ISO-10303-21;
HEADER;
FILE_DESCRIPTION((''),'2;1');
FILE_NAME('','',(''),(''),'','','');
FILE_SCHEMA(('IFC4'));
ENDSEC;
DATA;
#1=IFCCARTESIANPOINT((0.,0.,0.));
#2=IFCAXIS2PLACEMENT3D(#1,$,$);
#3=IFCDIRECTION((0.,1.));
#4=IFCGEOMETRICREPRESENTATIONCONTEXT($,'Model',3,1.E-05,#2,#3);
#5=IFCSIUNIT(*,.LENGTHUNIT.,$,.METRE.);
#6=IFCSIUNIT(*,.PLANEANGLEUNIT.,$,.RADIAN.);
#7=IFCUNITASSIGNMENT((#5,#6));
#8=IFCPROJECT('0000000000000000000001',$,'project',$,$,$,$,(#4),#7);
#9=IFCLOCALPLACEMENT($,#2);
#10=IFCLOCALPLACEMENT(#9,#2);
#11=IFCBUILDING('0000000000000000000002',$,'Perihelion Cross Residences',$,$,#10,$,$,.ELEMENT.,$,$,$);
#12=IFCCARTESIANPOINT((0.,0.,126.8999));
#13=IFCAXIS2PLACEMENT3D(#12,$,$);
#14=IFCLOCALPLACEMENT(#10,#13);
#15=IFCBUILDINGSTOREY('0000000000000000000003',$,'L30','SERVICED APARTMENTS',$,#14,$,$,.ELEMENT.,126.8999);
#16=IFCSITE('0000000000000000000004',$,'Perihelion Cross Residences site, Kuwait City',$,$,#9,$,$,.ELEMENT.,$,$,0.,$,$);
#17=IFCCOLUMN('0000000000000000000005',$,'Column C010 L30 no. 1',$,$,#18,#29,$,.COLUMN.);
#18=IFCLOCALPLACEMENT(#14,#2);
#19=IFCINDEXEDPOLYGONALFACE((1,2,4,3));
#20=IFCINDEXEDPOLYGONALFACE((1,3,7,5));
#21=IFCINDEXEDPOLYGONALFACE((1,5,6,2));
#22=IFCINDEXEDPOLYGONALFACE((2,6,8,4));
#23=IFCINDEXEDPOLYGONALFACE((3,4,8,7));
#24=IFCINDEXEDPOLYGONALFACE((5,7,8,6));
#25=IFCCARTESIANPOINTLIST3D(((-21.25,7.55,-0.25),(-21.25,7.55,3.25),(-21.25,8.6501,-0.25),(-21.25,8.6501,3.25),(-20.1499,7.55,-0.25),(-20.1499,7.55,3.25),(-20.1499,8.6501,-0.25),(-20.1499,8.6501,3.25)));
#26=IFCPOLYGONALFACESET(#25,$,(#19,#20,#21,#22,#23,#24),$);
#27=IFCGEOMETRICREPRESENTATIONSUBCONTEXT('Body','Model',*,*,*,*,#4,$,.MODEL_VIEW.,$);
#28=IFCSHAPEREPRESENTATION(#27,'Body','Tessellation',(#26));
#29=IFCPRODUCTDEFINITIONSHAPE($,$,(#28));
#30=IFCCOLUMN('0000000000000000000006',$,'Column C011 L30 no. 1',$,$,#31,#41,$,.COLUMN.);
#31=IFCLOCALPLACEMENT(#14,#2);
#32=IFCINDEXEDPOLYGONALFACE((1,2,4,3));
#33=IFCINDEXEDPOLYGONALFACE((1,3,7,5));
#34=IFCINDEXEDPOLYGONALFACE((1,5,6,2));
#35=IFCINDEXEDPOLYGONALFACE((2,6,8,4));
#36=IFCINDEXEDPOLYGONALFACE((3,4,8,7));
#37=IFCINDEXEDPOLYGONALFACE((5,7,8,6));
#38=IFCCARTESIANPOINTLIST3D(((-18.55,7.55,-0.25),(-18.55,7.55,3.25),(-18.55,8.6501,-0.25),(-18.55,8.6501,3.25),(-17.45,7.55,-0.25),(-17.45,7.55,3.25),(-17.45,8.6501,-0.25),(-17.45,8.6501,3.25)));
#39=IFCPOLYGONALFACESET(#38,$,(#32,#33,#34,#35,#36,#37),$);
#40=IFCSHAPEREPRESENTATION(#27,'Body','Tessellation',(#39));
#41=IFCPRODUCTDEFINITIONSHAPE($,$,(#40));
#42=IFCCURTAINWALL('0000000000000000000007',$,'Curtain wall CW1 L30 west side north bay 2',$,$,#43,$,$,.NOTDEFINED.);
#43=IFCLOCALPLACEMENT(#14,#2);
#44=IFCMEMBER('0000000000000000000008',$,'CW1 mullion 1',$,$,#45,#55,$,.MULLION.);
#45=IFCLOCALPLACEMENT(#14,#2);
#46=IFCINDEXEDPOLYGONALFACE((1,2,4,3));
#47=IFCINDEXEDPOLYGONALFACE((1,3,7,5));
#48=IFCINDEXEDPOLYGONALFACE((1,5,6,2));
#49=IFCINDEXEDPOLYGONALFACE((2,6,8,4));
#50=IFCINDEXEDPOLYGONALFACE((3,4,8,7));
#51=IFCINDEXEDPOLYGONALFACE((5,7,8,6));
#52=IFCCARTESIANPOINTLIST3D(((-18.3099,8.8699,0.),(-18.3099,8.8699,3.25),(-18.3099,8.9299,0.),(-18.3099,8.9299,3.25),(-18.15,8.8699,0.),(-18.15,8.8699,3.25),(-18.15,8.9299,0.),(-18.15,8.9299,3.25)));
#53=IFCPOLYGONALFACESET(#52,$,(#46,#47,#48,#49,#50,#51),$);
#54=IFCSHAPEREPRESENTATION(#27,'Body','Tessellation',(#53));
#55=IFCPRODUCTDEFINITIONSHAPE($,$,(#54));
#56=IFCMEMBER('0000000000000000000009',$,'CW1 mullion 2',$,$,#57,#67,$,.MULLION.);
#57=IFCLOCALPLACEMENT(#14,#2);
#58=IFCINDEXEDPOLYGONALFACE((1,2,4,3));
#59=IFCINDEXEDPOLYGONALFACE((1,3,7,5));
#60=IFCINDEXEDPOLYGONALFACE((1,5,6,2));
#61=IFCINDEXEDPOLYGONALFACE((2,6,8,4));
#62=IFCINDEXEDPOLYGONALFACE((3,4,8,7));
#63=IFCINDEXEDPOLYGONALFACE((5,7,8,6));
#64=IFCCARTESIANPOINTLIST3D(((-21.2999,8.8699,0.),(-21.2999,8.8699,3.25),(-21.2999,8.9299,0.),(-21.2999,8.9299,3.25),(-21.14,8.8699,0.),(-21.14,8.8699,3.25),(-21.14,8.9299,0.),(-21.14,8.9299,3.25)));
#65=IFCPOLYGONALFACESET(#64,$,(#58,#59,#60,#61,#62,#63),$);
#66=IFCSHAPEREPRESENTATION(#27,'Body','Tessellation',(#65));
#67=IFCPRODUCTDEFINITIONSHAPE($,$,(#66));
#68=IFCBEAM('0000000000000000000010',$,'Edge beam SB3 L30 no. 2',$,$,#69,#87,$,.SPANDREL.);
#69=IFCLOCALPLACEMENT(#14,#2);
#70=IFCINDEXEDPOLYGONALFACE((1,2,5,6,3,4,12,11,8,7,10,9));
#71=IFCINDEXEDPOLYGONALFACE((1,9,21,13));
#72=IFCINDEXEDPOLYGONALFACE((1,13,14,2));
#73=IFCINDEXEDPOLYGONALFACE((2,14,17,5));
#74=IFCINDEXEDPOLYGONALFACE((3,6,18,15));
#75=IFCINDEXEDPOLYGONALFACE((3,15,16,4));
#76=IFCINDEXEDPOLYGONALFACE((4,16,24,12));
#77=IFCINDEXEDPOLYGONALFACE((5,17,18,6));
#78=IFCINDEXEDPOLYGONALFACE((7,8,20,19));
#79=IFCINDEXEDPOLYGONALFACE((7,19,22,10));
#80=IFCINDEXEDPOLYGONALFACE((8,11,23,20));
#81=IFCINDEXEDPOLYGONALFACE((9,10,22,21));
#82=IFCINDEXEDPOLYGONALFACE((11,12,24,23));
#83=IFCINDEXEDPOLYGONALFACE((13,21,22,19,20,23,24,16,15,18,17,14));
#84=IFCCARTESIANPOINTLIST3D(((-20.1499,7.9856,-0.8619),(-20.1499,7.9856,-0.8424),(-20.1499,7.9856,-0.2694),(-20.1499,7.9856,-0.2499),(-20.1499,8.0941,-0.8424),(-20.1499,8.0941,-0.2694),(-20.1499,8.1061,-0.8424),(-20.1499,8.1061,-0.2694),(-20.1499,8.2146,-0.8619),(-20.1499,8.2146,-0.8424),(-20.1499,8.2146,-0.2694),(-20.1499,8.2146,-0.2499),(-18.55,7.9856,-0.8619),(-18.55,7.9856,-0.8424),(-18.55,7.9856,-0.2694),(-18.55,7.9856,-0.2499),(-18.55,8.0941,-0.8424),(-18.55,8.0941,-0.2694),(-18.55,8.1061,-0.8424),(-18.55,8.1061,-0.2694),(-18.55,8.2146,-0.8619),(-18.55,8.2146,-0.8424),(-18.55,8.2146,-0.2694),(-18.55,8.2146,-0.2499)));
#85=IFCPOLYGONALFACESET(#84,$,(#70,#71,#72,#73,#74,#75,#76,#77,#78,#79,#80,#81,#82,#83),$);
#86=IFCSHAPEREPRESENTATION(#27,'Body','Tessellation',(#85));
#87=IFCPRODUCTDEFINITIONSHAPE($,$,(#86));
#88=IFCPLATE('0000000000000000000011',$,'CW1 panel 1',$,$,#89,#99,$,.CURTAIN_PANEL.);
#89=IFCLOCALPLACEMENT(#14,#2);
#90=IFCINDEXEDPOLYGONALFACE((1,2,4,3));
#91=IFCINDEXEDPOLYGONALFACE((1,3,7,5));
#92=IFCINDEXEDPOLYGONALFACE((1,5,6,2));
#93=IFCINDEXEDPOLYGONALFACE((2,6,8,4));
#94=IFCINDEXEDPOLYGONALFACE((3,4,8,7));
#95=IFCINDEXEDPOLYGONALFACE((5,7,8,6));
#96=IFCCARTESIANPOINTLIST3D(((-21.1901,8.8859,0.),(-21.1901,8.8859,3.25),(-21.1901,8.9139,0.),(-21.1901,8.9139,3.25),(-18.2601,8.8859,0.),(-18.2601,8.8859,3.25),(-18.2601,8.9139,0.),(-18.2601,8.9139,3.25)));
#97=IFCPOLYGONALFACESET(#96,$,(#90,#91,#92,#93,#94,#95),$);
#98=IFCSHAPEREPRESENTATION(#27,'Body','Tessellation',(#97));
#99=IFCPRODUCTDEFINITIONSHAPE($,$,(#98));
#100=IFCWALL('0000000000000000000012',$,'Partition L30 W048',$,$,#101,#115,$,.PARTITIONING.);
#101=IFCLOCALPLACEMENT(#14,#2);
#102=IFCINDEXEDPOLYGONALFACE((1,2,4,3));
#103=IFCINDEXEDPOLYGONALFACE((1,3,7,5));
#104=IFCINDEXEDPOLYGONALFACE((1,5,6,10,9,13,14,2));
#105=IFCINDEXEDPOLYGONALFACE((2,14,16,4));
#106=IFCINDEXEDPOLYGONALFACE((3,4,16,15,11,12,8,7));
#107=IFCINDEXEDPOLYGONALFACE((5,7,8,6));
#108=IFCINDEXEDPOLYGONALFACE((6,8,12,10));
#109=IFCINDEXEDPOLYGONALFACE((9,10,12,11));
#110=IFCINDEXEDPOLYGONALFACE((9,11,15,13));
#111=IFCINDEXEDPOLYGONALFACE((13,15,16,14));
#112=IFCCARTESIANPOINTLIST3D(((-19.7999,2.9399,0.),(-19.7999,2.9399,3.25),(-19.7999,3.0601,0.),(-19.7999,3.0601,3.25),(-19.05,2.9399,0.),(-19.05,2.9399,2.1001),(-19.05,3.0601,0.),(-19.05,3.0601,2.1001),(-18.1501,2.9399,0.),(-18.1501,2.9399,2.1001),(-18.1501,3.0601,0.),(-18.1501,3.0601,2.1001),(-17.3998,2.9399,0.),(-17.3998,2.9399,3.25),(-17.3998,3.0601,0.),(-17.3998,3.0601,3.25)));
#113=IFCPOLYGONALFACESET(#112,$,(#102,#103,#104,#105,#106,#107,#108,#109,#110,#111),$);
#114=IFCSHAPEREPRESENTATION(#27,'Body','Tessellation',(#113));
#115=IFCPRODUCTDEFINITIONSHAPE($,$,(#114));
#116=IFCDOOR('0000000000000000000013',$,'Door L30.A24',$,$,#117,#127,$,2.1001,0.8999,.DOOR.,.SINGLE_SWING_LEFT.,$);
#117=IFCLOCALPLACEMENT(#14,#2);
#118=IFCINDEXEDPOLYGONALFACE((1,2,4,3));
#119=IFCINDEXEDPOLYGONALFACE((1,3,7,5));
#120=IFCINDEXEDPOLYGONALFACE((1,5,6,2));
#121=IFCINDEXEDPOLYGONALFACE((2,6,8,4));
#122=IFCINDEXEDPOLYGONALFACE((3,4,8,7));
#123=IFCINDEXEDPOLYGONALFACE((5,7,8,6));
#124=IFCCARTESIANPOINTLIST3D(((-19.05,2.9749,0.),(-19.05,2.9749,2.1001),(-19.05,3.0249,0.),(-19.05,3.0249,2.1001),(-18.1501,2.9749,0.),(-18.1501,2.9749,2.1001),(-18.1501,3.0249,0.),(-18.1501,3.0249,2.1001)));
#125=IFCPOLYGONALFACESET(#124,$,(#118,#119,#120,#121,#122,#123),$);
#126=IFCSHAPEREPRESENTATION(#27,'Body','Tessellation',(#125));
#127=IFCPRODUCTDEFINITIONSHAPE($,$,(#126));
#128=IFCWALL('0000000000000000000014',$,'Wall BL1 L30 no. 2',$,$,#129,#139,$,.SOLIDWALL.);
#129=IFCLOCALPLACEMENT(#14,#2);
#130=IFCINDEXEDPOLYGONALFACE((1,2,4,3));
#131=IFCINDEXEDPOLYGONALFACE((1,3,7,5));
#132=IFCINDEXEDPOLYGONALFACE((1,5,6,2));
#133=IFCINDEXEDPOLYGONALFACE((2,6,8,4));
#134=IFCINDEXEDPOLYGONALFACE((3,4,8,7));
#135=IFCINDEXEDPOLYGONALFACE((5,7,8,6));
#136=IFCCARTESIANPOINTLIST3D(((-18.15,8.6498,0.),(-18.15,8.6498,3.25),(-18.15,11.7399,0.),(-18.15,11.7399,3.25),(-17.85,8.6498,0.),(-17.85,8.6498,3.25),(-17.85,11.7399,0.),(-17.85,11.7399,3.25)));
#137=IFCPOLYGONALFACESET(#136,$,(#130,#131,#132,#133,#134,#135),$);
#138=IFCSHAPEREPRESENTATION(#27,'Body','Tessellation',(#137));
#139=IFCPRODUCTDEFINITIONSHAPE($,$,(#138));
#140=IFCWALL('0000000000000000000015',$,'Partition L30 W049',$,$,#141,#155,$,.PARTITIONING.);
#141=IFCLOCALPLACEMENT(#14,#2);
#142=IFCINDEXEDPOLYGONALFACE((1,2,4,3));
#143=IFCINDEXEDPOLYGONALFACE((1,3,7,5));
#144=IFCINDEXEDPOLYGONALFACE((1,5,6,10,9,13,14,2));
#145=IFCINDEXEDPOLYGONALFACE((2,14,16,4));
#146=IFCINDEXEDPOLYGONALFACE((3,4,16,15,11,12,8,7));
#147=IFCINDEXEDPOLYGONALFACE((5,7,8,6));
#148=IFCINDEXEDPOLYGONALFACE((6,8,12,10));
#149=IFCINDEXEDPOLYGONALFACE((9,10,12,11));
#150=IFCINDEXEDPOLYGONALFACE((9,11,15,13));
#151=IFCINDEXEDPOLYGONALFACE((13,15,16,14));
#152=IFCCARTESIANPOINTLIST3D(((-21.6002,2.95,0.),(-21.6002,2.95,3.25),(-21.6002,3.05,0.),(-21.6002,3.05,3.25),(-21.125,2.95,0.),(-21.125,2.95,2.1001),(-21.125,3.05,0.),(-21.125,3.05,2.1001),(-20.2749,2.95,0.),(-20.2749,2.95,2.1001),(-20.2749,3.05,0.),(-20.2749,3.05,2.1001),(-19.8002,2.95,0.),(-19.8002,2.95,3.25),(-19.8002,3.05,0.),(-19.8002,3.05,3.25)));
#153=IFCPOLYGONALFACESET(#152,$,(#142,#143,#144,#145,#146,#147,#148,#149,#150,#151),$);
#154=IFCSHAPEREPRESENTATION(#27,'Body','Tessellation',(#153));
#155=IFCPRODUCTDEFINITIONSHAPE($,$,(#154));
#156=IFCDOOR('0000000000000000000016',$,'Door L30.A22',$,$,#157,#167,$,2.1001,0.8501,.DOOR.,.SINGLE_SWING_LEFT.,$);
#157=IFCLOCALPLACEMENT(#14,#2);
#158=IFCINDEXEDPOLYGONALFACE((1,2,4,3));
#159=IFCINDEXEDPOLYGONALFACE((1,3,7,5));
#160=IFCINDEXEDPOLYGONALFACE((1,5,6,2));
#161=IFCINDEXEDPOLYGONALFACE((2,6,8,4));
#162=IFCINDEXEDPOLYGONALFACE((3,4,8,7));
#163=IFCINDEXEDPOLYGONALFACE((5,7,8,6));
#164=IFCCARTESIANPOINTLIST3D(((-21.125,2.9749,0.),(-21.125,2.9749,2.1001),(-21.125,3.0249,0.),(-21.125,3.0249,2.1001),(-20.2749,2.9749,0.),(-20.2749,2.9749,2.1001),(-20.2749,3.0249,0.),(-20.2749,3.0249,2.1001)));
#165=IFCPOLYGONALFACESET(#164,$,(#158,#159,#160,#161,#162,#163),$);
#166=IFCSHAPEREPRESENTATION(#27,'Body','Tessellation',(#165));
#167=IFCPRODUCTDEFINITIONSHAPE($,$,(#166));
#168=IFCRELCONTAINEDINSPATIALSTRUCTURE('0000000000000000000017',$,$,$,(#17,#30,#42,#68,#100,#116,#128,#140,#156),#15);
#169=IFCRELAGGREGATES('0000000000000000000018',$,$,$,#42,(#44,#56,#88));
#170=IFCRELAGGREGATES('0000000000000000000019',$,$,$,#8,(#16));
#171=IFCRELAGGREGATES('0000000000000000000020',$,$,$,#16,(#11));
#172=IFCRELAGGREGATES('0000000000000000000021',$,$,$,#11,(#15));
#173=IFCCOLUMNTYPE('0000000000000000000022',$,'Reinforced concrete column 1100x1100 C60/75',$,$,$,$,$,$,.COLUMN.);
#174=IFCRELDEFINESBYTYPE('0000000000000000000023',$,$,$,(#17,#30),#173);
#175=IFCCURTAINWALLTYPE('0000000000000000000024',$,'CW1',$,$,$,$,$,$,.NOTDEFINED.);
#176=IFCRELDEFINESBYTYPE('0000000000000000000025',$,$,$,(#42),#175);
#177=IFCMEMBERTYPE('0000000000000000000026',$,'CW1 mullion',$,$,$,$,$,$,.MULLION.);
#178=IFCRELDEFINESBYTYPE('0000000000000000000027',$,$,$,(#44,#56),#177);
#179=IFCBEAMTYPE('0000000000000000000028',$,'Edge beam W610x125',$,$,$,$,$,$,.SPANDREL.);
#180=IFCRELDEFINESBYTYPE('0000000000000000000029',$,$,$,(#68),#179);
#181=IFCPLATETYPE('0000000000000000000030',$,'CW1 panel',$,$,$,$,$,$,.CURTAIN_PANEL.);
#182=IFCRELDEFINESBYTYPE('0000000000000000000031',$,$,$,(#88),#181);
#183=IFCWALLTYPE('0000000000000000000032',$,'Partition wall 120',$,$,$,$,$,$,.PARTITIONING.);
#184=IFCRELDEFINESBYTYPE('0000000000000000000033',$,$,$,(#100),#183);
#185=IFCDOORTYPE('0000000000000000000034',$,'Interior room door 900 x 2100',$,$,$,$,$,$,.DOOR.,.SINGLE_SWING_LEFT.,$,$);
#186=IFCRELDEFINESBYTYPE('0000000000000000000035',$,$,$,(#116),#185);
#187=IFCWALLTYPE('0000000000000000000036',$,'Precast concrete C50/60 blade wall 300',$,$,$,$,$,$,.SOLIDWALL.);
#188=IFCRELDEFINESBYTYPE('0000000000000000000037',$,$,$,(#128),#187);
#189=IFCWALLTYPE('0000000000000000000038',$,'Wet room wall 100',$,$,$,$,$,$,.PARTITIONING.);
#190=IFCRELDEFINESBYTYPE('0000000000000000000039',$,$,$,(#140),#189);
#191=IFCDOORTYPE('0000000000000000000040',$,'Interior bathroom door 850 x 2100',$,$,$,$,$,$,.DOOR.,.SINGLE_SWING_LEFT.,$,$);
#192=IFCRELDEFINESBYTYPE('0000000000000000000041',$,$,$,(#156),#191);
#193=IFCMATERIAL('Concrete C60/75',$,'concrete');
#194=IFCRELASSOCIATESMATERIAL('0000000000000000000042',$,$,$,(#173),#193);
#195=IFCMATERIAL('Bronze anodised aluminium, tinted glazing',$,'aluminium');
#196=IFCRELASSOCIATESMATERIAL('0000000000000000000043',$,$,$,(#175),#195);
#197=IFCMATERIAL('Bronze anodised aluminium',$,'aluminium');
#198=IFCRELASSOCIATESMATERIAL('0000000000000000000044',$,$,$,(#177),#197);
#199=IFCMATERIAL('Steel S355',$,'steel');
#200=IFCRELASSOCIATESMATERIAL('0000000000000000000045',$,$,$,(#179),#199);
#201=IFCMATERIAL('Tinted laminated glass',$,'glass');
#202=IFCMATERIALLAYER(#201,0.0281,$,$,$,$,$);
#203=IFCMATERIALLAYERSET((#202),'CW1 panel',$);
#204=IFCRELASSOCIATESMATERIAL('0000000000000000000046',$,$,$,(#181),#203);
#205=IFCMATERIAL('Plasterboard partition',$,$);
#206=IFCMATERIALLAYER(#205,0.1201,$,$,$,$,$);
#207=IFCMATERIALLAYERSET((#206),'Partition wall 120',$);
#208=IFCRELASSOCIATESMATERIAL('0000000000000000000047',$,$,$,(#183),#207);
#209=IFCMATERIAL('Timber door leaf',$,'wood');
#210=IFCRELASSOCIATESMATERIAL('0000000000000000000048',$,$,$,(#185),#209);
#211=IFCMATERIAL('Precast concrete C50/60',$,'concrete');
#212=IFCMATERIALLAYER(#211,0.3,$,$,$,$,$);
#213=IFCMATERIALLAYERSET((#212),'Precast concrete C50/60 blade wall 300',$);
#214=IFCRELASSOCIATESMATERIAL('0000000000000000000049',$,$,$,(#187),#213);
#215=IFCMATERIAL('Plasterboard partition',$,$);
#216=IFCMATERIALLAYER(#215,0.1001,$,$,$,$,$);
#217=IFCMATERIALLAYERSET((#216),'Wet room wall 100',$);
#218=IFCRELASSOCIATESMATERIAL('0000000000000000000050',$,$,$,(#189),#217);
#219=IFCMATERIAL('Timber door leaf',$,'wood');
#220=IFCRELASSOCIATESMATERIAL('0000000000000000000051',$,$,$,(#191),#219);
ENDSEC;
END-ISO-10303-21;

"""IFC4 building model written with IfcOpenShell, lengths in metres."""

from ifc_helpers import new_model, si_unit, direction, frame, frame_2d, origin, origin_2d, place, context, subcontext, project, spatial, rectangle, i_section, extrude, material, layer, layer_set, material_profile, profile_set, type_object, element, fill, aggregate, save


model = new_model("IFC4")

# Units and contexts
model_context = context("Model", 3, precision=1e-05, world=origin(), true_north=direction((0.0, 1.0)))
body_context = subcontext(model_context, "Body", "Model", "MODEL_VIEW")
ifc_project = project(units=[si_unit("LENGTHUNIT", "METRE"), si_unit("PLANEANGLEUNIT", "RADIAN")], contexts=[model_context])

# Site, building, storey
site_placement = place(None, origin())
site = spatial("IfcSite", under=ifc_project, at=site_placement, Name="Perihelion Cross Residences site, Kuwait City", CompositionType="ELEMENT", RefElevation=0.0)
building_placement = place(site_placement, origin())
building = spatial("IfcBuilding", under=site, at=building_placement, Name="Perihelion Cross Residences", CompositionType="ELEMENT")
storey_placement = place(building_placement, frame((0.0, 0.0, 126.8999)))
storey = spatial("IfcBuildingStorey", under=building, at=storey_placement, Name="L30", Description="SERVICED APARTMENTS", CompositionType="ELEMENT", Elevation=126.8999)

# Columns
ifc_material_1 = material(Name="Concrete C60/75", Category="concrete")
ifc_material_profile_1 = material_profile(ifc_material_1, rectangle(XDim=1.1001, YDim=1.1001, at=origin_2d()), Name="RC 1100x1100")
ifc_profile_set_1 = profile_set([ifc_material_profile_1], Name="Concrete C60/75")
column_type = type_object("IfcColumnType", Name="Reinforced concrete column 1100x1100 C60/75", PredefinedType="COLUMN", material=ifc_profile_set_1)
for number, where, z_axis, x_axis, name in (
    (1, (-20.7, 8.1001, -0.25), (0.0, 0.0, 1.0), (1.0, 0.0, 0.0), "Column C010 L30 no. 1"),
    (2, (-18.0, 8.1001, -0.25), (0.0, 0.0, 1.0), (1.0, 0.0, 0.0), "Column C011 L30 no. 1"),
):
    element("IfcColumn", number, at=place(storey_placement, frame(where, z_axis=z_axis, x_axis=x_axis)), inside=storey, type_object=column_type, Name=name, PredefinedType="COLUMN", context=body_context, shape_type="SweptSolid", body=[
        extrude(rectangle(XDim=1.1001, YDim=1.1001, at=origin_2d()), origin(), (0.0, 0.0, 1.0), 3.5),
    ])

# Curtain wall, members
ifc_material_2 = material(Name="Bronze anodised aluminium, tinted glazing", Category="aluminium")
curtain_wall_type = type_object("IfcCurtainWallType", Name="CW1", PredefinedType="NOTDEFINED", material=ifc_material_2)
curtain_wall_placement = place(storey_placement, origin())
curtain_wall = element("IfcCurtainWall", 3, at=curtain_wall_placement, inside=storey, type_object=curtain_wall_type, Name="Curtain wall CW1 L30 west side north bay 2", PredefinedType="NOTDEFINED")
ifc_material_3 = material(Name="Bronze anodised aluminium", Category="aluminium")
ifc_material_profile_2 = material_profile(ifc_material_3, rectangle(XDim=0.0601, YDim=0.1599, at=origin_2d()), Name="CW1 mullion")
ifc_profile_set_2 = profile_set([ifc_material_profile_2], Name="Bronze anodised aluminium")
member_type = type_object("IfcMemberType", Name="CW1 mullion", PredefinedType="MULLION", material=ifc_profile_set_2)
member_1_placement = place(storey_placement, frame((-18.23, 8.8999, 0.0), z_axis=(0.0, 0.0, 1.0), x_axis=(0.0, -1.0, 0.0)))
member_1 = element("IfcMember", 4, at=member_1_placement, type_object=member_type, Name="CW1 mullion 1", PredefinedType="MULLION", context=body_context, shape_type="SweptSolid", body=[
    extrude(rectangle(XDim=0.0601, YDim=0.1599, at=origin_2d()), origin(), (0.0, 0.0, 1.0), 3.25),
])
member_2_placement = place(storey_placement, frame((-21.22, 8.8999, 0.0), z_axis=(0.0, 0.0, 1.0), x_axis=(0.0, -1.0, 0.0)))
member_2 = element("IfcMember", 5, at=member_2_placement, type_object=member_type, Name="CW1 mullion 2", PredefinedType="MULLION", context=body_context, shape_type="SweptSolid", body=[
    extrude(rectangle(XDim=0.0601, YDim=0.1599, at=origin_2d()), origin(), (0.0, 0.0, 1.0), 3.25),
])

# Beam
ifc_material_4 = material(Name="Steel S355", Category="steel")
ifc_material_profile_3 = material_profile(ifc_material_4, i_section(OverallWidth=0.229, OverallDepth=0.6121, WebThickness=0.012, FlangeThickness=0.0195, at=origin_2d()), Name="W610x125")
ifc_profile_set_3 = profile_set([ifc_material_profile_3], Name="Steel S355")
beam_type = type_object("IfcBeamType", Name="Edge beam W610x125", PredefinedType="SPANDREL", material=ifc_profile_set_3)
beam_placement = place(storey_placement, frame((-18.55, 8.1001, -0.5559), z_axis=(-1.0, 0.0, 0.0), x_axis=(0.0, -1.0, 0.0)))
element("IfcBeam", 6, at=beam_placement, inside=storey, type_object=beam_type, Name="Edge beam SB3 L30 no. 2", PredefinedType="SPANDREL", context=body_context, shape_type="SweptSolid", body=[
    extrude(i_section(OverallWidth=0.229, OverallDepth=0.6121, WebThickness=0.012, FlangeThickness=0.0195, at=origin_2d()), origin(), (0.0, 0.0, 1.0), 1.5999),
])

# Plate
ifc_material_5 = material(Name="Tinted laminated glass", Category="glass")
ifc_layer_1 = layer(ifc_material_5, 0.0281)
ifc_layer_set_1 = layer_set([ifc_layer_1], Name="CW1 panel")
plate_type = type_object("IfcPlateType", Name="CW1 panel", PredefinedType="CURTAIN_PANEL", material=ifc_layer_set_1)
plate_placement = place(storey_placement, frame((-19.7251, 8.8999, 0.0), z_axis=(0.0, 0.0, 1.0), x_axis=(-1.0, 0.0, 0.0)))
plate = element("IfcPlate", 7, at=plate_placement, type_object=plate_type, Name="CW1 panel 1", PredefinedType="CURTAIN_PANEL", context=body_context, shape_type="SweptSolid", body=[
    extrude(rectangle(XDim=2.9299, YDim=0.0281, at=origin_2d()), origin(), (0.0, 0.0, 1.0), 3.25),
])
aggregate(curtain_wall, [member_1, member_2, plate])

# Wall, opening, door
ifc_material_6 = material(Name="Plasterboard partition")
ifc_layer_2 = layer(ifc_material_6, 0.1201)
ifc_layer_set_2 = layer_set([ifc_layer_2], Name="Partition wall 120")
wall_type_1 = type_object("IfcWallType", Name="Partition wall 120", PredefinedType="PARTITIONING", material=ifc_layer_set_2)
wall_1_placement = place(storey_placement, frame((-19.8, 3.0, 0.0), z_axis=(0.0, 0.0, 1.0), x_axis=(1.0, 0.0, 0.0)))
wall_1 = element("IfcWall", 8, at=wall_1_placement, inside=storey, type_object=wall_type_1, Name="Partition L30 W048", PredefinedType="PARTITIONING", context=body_context, shape_type="SweptSolid", body=[
    extrude(rectangle(XDim=2.4001, YDim=0.1201, at=frame_2d((1.2002, 0.0))), origin(), (0.0, 0.0, 1.0), 3.25),
])
opening_1_placement = place(wall_1_placement, frame((0.75, 0.0, 0.0)))
opening_1 = element("IfcOpeningElement", 9, at=opening_1_placement, cuts=wall_1, PredefinedType="OPENING", context=body_context, shape_type="SweptSolid", body=[
    extrude(rectangle(XDim=0.8999, YDim=2.1001, at=frame_2d((0.45, 1.05))), frame((0.0, 0.0701, 0.0), z_axis=(0.0, -1.0, 0.0), x_axis=(1.0, 0.0, 0.0)), (0.0, 0.0, 1.0), 0.1401),
])
ifc_material_7 = material(Name="Timber door leaf", Category="wood")
door_type_1 = type_object("IfcDoorType", Name="Interior room door 900 x 2100", OperationType="SINGLE_SWING_LEFT", PredefinedType="DOOR", material=ifc_material_7)
door_1_placement = place(opening_1_placement, origin())
door_1 = element("IfcDoor", 10, at=door_1_placement, inside=storey, type_object=door_type_1, Name="Door L30.A24", OperationType="SINGLE_SWING_LEFT", OverallHeight=2.1001, OverallWidth=0.8999, PredefinedType="DOOR", context=body_context, shape_type="SweptSolid", body=[
    extrude(rectangle(XDim=0.8999, YDim=2.1001, at=frame_2d((0.45, 1.05))), frame((0.0, 0.0249, 0.0), z_axis=(0.0, -1.0, 0.0), x_axis=(1.0, 0.0, 0.0)), (0.0, 0.0, 1.0), 0.05),
])
fill(opening_1, door_1)

# Wall
ifc_material_8 = material(Name="Precast concrete C50/60", Category="concrete")
ifc_layer_3 = layer(ifc_material_8, 0.3)
ifc_layer_set_3 = layer_set([ifc_layer_3], Name="Precast concrete C50/60 blade wall 300")
wall_type_2 = type_object("IfcWallType", Name="Precast concrete C50/60 blade wall 300", PredefinedType="SOLIDWALL", material=ifc_layer_set_3)
wall_2_placement = place(storey_placement, frame((-18.0, 8.6499, 0.0), z_axis=(0.0, 0.0, 1.0), x_axis=(0.0, 1.0, 0.0)))
element("IfcWall", 11, at=wall_2_placement, inside=storey, type_object=wall_type_2, Name="Wall BL1 L30 no. 2", PredefinedType="SOLIDWALL", context=body_context, shape_type="SweptSolid", body=[
    extrude(rectangle(XDim=3.0901, YDim=0.3, at=frame_2d((1.5449, 0.0))), origin(), (0.0, 0.0, 1.0), 3.25),
])

# Wall, opening, door
ifc_material_9 = material(Name="Plasterboard partition")
ifc_layer_4 = layer(ifc_material_9, 0.1001)
ifc_layer_set_4 = layer_set([ifc_layer_4], Name="Wet room wall 100")
wall_type_3 = type_object("IfcWallType", Name="Wet room wall 100", PredefinedType="PARTITIONING", material=ifc_layer_set_4)
wall_3_placement = place(storey_placement, frame((-21.6001, 3.0, 0.0), z_axis=(0.0, 0.0, 1.0), x_axis=(1.0, 0.0, 0.0)))
wall_3 = element("IfcWall", 12, at=wall_3_placement, inside=storey, type_object=wall_type_3, Name="Partition L30 W049", PredefinedType="PARTITIONING", context=body_context, shape_type="SweptSolid", body=[
    extrude(rectangle(XDim=1.8, YDim=0.1001, at=frame_2d((0.8999, 0.0))), origin(), (0.0, 0.0, 1.0), 3.25),
])
opening_2_placement = place(wall_3_placement, frame((0.4751, 0.0, 0.0)))
opening_2 = element("IfcOpeningElement", 13, at=opening_2_placement, cuts=wall_3, PredefinedType="OPENING", context=body_context, shape_type="SweptSolid", body=[
    extrude(rectangle(XDim=0.8501, YDim=2.1001, at=frame_2d((0.425, 1.05))), frame((0.0, 0.0601, 0.0), z_axis=(0.0, -1.0, 0.0), x_axis=(1.0, 0.0, 0.0)), (0.0, 0.0, 1.0), 0.1201),
])
ifc_material_10 = material(Name="Timber door leaf", Category="wood")
door_type_2 = type_object("IfcDoorType", Name="Interior bathroom door 850 x 2100", OperationType="SINGLE_SWING_LEFT", PredefinedType="DOOR", material=ifc_material_10)
door_2_placement = place(opening_2_placement, origin())
door_2 = element("IfcDoor", 14, at=door_2_placement, inside=storey, type_object=door_type_2, Name="Door L30.A22", OperationType="SINGLE_SWING_LEFT", OverallHeight=2.1001, OverallWidth=0.8501, PredefinedType="DOOR", context=body_context, shape_type="SweptSolid", body=[
    extrude(rectangle(XDim=0.8501, YDim=2.1001, at=frame_2d((0.425, 1.05))), frame((0.0, 0.0249, 0.0), z_axis=(0.0, -1.0, 0.0), x_axis=(1.0, 0.0, 0.0)), (0.0, 0.0, 1.0), 0.05),
])
fill(opening_2, door_2)

save(model, "model.ifc")
